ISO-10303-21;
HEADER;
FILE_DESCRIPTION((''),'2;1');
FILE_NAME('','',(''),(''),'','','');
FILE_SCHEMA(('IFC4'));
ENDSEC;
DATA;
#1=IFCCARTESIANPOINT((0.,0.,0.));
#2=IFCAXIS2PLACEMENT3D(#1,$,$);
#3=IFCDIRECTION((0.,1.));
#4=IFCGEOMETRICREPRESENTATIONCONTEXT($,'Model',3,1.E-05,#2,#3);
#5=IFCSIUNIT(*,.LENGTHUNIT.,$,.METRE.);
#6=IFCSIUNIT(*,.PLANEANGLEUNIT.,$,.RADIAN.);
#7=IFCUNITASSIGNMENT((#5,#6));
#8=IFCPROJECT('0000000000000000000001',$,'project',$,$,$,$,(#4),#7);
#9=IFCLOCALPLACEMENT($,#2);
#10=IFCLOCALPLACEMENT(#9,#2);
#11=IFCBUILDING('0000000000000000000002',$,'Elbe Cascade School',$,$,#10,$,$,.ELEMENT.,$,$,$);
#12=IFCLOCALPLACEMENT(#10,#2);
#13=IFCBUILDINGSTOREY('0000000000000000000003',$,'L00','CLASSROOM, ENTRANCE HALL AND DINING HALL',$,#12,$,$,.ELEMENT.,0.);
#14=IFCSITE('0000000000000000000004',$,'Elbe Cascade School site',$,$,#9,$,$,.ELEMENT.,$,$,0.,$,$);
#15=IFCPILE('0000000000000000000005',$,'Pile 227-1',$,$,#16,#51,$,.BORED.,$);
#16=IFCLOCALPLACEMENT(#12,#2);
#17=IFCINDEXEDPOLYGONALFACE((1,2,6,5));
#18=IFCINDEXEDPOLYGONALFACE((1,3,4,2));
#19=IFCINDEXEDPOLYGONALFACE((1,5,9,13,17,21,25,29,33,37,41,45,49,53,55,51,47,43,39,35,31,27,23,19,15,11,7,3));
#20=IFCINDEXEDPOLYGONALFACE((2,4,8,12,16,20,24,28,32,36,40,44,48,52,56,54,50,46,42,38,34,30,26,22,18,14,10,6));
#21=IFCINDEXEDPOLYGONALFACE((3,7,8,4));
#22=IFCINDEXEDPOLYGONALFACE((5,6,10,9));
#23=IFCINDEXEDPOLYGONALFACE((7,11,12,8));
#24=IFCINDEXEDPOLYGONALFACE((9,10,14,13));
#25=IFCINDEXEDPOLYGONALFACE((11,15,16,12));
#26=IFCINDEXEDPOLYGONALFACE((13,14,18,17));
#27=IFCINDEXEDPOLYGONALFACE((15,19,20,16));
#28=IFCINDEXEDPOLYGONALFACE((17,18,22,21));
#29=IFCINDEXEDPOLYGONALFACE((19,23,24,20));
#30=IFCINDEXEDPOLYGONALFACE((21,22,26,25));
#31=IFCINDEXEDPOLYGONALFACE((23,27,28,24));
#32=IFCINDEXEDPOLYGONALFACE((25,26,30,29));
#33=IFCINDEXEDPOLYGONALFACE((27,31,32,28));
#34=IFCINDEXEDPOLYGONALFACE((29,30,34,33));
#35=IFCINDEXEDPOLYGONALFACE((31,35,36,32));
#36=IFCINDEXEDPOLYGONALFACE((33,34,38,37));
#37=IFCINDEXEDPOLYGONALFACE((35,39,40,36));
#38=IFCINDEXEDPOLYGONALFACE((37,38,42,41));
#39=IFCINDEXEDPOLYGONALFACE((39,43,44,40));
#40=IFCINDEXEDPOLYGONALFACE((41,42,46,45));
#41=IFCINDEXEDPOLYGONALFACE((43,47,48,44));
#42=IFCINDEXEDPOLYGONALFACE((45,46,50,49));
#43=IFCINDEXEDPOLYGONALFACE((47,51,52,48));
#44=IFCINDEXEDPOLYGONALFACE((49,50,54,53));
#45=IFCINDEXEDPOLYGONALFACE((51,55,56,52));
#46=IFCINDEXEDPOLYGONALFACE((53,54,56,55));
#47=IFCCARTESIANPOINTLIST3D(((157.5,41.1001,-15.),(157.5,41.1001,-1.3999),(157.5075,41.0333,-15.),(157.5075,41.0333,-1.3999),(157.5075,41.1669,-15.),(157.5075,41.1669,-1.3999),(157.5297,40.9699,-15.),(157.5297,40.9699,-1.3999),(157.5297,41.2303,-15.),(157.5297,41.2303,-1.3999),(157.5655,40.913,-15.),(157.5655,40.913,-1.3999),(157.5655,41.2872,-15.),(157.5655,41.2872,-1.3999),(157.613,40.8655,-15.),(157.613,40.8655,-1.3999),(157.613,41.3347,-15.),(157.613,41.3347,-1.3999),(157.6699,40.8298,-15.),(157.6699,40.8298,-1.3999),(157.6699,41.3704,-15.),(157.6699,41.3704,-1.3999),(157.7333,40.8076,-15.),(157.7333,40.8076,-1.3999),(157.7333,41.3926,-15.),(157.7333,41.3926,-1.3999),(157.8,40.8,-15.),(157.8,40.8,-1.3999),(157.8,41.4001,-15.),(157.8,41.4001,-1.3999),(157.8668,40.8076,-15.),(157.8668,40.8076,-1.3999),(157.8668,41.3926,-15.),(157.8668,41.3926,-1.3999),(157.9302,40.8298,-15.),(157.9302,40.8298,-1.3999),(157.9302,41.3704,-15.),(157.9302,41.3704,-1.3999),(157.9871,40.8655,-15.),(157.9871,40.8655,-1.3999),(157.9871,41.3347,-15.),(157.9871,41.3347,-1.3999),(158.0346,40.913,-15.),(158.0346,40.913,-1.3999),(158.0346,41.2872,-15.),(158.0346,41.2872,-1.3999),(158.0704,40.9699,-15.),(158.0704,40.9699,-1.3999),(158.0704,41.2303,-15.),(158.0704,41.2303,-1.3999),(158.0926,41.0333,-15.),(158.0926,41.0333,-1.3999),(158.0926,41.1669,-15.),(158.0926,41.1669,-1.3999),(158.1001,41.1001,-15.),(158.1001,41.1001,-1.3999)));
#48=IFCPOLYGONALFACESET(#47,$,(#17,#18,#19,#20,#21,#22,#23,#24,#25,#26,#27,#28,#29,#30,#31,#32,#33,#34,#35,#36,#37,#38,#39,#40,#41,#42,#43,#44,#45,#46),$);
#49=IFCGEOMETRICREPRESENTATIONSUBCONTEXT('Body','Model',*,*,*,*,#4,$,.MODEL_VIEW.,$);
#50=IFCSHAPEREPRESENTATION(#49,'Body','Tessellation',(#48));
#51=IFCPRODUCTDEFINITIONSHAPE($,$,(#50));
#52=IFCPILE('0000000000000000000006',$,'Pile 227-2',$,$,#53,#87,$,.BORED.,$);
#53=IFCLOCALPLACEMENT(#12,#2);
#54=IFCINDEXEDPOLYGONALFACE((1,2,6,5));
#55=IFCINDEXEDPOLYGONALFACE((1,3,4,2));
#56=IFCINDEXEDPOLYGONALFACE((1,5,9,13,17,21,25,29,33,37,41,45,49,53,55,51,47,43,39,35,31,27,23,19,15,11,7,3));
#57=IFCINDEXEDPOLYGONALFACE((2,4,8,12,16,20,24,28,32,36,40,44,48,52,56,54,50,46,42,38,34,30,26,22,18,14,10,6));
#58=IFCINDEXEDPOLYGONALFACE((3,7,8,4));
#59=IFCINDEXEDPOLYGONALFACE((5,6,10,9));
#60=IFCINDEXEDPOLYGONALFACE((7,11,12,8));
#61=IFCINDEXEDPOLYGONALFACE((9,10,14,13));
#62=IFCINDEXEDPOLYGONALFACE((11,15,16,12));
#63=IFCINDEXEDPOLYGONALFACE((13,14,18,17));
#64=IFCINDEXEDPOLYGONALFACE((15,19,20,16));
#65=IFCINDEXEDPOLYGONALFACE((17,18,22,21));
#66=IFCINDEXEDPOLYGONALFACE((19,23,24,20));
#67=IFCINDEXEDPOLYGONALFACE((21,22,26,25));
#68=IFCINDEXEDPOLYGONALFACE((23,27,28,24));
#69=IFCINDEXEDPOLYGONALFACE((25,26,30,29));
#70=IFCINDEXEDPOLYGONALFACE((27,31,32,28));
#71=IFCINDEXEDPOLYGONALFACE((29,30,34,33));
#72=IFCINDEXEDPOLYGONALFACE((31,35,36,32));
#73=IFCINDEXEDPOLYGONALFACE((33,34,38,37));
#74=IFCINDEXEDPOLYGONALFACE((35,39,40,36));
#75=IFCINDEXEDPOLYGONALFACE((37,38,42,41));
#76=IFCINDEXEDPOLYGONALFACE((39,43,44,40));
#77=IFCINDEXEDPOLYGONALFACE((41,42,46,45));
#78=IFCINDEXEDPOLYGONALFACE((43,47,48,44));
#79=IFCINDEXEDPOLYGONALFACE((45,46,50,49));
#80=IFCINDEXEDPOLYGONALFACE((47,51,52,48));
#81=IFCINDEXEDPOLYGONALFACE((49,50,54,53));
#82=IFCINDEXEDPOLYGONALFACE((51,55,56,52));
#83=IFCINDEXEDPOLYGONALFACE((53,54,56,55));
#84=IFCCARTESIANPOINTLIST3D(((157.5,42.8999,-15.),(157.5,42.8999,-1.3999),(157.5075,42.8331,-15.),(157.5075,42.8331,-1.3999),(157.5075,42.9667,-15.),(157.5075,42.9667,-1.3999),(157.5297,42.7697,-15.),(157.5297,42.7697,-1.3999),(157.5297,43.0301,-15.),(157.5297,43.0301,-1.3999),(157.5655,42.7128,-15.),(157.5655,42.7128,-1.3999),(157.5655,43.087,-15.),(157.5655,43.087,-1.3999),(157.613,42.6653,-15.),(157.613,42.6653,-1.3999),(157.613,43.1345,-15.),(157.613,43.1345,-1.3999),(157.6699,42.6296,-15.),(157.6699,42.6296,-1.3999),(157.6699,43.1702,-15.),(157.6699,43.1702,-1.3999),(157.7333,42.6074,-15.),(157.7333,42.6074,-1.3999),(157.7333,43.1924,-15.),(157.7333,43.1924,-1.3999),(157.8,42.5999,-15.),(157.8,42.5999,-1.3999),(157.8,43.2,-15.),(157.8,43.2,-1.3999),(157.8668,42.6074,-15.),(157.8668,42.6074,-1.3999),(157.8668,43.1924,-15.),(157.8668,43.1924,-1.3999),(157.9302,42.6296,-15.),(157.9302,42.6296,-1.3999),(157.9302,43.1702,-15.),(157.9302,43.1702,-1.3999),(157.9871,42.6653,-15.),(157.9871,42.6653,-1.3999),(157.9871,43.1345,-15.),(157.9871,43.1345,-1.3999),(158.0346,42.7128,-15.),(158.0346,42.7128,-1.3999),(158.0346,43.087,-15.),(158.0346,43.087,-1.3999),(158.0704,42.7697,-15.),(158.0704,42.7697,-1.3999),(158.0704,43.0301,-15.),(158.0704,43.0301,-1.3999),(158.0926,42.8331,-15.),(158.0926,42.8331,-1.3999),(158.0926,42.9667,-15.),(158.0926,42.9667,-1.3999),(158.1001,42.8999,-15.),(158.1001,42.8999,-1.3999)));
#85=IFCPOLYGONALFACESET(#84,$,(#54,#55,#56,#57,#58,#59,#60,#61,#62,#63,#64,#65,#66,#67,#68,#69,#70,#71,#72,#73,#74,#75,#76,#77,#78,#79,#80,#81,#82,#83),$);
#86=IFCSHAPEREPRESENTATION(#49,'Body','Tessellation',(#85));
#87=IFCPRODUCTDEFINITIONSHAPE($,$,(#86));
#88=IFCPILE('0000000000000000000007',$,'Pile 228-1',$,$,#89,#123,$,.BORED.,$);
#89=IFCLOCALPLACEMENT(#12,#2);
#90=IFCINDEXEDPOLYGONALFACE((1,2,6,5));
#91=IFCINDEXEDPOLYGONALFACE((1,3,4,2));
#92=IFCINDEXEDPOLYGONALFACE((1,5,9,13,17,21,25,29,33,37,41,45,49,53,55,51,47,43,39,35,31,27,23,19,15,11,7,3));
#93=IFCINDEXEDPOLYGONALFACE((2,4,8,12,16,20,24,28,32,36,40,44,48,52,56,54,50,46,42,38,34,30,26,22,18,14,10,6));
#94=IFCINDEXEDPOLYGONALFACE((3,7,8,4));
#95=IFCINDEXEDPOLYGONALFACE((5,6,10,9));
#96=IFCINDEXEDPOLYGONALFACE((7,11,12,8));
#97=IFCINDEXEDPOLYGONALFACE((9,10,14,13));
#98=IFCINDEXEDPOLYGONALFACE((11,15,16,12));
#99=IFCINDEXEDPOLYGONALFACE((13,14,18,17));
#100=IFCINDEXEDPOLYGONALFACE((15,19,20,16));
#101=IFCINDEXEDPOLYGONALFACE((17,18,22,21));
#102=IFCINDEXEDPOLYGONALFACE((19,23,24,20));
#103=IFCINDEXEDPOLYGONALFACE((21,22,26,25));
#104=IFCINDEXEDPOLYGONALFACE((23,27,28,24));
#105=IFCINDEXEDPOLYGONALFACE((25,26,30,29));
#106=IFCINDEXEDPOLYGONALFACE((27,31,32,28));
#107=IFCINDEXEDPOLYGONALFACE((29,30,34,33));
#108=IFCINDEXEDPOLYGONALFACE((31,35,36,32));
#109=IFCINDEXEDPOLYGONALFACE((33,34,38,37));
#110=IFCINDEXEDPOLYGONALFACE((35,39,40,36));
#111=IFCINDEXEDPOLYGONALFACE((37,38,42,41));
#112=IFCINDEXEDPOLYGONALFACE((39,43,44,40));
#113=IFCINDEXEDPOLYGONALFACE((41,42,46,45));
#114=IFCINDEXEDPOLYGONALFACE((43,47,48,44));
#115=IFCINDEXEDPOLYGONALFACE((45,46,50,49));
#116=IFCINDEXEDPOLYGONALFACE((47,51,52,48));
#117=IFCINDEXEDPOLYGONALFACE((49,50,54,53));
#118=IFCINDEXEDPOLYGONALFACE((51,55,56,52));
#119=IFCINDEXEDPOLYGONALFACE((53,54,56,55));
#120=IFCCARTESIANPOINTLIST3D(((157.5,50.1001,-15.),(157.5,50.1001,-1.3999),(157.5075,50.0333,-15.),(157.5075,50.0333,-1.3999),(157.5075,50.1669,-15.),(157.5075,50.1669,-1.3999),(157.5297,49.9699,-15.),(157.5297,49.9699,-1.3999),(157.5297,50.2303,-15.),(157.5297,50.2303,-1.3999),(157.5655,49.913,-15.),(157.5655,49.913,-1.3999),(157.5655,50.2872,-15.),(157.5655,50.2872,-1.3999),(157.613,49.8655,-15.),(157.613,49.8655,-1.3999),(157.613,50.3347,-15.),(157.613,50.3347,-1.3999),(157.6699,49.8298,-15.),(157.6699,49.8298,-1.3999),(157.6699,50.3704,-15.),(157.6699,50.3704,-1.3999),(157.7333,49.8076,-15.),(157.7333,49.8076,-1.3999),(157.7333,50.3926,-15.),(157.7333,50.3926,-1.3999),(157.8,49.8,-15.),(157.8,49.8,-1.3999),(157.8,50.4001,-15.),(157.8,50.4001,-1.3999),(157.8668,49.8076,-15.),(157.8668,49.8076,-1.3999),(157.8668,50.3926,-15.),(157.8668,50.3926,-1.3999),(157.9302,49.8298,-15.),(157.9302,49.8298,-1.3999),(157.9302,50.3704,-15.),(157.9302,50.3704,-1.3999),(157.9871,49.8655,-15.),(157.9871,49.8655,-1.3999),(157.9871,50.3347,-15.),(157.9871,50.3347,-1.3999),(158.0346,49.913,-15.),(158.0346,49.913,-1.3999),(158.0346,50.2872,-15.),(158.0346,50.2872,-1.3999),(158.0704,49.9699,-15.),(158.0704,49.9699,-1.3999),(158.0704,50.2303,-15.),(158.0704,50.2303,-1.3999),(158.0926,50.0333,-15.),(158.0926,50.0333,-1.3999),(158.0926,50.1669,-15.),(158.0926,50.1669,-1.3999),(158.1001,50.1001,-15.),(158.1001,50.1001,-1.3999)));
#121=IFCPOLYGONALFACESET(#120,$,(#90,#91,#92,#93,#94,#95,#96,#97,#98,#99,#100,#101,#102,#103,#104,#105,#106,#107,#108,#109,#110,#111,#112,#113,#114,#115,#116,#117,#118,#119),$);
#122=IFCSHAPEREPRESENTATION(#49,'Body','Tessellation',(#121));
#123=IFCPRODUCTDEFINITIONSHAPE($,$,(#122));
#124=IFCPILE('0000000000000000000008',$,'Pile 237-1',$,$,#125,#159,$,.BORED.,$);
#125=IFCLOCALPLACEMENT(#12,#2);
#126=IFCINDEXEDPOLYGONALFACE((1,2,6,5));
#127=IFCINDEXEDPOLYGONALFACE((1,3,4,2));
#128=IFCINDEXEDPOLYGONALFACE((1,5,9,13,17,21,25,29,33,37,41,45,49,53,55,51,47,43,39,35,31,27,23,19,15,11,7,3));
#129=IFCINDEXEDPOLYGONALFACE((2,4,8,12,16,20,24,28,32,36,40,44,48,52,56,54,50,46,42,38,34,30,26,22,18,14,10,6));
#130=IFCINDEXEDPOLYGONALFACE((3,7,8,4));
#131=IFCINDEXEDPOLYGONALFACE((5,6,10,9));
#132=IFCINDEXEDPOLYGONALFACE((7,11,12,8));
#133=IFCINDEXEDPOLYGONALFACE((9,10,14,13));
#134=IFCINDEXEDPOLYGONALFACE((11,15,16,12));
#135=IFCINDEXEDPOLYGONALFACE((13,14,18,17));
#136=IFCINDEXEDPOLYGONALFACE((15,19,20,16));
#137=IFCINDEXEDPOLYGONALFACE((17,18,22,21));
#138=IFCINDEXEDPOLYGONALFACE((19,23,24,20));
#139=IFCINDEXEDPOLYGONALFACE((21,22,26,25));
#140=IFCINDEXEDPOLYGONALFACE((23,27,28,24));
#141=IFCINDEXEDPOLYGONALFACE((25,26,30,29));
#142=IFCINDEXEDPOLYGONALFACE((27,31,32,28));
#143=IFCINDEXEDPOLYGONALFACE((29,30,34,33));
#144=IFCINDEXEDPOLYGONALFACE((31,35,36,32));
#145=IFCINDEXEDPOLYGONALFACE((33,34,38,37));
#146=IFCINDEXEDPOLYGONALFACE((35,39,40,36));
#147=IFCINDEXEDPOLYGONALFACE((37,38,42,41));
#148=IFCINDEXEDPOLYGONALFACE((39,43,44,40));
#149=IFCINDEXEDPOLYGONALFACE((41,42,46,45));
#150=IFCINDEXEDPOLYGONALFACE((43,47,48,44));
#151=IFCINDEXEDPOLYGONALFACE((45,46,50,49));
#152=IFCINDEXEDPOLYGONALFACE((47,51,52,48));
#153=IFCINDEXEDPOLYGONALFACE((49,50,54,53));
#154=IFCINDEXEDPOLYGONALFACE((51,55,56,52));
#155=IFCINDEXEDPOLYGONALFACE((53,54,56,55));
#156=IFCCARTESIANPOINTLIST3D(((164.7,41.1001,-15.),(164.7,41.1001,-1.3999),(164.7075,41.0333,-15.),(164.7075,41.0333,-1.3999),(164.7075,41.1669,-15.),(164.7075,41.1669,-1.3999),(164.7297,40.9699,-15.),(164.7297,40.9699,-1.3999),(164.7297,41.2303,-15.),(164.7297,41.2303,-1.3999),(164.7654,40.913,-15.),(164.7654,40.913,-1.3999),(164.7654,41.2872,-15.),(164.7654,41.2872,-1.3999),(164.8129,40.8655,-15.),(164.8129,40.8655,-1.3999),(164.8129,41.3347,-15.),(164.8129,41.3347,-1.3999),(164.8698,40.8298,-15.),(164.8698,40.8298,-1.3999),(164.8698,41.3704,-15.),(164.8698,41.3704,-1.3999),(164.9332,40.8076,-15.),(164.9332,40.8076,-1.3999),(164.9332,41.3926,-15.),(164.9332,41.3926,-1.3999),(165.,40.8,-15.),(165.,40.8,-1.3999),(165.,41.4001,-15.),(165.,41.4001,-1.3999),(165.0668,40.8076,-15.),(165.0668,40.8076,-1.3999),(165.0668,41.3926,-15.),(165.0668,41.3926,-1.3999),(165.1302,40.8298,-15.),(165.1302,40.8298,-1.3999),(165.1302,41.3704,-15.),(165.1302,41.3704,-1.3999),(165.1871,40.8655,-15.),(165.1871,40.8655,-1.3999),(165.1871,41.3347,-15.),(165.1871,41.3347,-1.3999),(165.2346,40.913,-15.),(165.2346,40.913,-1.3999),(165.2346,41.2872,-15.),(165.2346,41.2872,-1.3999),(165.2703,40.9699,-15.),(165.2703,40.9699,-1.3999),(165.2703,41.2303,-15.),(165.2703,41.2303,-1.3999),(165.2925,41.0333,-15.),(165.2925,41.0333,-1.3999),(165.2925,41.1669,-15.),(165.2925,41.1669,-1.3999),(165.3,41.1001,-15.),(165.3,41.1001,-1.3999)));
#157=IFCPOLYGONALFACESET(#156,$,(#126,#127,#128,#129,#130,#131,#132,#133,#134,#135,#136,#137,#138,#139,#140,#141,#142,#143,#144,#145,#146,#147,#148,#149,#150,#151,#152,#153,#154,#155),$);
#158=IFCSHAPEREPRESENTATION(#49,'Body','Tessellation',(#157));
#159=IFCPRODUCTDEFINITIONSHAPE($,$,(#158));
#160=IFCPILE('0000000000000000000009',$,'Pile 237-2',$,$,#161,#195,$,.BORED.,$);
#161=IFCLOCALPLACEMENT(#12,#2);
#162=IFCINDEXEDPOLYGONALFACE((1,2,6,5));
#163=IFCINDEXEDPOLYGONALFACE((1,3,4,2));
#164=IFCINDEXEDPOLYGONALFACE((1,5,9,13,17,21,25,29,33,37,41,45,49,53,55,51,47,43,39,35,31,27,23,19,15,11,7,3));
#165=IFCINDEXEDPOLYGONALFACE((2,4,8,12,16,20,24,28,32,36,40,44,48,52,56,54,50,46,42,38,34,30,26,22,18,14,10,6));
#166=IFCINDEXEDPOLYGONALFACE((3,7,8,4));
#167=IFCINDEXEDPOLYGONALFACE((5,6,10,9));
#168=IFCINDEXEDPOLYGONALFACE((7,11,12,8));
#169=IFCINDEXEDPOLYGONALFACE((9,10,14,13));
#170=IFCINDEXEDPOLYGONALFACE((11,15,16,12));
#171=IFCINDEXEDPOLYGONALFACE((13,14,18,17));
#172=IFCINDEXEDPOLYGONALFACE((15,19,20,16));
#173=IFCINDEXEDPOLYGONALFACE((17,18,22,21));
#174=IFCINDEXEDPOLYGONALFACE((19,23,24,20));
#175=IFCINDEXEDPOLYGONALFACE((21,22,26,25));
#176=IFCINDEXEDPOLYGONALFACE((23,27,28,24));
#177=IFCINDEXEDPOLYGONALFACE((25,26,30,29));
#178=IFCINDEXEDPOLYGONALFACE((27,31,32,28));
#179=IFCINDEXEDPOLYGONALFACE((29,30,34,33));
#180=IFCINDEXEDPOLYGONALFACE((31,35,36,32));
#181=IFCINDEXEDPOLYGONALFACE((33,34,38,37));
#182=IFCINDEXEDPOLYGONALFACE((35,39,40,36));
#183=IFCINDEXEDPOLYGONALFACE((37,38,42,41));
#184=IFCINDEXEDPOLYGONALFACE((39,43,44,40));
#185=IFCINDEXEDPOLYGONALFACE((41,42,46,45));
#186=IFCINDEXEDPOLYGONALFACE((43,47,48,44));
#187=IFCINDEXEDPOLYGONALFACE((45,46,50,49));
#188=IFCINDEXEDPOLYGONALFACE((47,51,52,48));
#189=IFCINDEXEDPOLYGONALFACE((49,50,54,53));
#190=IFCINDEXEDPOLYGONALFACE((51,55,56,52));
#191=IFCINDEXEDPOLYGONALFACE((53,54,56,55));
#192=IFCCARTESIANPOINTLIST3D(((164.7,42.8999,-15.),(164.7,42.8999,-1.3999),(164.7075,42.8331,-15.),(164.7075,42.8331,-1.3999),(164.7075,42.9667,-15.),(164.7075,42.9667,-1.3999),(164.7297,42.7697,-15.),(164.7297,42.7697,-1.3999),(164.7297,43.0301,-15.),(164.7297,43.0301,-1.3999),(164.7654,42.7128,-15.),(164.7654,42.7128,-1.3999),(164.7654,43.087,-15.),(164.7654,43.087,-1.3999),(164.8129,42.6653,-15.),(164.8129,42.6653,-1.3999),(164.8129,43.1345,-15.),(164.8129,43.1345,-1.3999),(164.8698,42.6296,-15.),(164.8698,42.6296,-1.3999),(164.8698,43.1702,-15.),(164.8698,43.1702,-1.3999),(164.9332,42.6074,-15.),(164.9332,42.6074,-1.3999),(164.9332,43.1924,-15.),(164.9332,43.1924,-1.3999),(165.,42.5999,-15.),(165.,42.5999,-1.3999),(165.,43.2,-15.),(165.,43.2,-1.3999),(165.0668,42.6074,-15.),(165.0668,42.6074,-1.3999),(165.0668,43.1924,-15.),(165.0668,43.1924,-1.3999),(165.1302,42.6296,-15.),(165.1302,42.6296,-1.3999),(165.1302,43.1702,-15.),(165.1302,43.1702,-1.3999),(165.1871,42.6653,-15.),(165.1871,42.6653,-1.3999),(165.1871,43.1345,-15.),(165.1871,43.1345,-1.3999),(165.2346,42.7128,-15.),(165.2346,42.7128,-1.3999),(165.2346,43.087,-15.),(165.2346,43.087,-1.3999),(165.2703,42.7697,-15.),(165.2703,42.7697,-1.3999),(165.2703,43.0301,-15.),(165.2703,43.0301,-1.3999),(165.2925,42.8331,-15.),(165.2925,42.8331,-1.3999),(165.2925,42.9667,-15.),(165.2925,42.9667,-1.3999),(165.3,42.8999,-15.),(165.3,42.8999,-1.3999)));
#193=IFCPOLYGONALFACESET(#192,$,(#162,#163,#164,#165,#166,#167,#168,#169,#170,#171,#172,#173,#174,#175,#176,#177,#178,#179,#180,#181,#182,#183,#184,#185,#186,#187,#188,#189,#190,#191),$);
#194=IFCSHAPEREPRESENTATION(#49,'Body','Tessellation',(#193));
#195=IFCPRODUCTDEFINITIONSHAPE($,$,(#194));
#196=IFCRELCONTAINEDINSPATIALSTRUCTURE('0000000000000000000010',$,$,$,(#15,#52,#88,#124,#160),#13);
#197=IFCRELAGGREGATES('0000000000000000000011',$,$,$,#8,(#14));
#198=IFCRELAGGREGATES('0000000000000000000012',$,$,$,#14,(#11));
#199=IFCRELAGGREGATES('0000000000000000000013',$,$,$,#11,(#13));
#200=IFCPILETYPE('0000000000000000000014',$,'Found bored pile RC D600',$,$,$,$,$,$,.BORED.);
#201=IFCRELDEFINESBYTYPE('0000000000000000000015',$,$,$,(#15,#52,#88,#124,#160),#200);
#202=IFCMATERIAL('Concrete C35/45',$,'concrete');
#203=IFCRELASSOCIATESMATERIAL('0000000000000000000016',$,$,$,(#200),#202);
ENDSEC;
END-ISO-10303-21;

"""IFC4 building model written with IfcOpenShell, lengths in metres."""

from ifc_helpers import new_model, si_unit, direction, frame, origin, origin_2d, place, context, subcontext, project, spatial, circle, extrude, material, material_profile, profile_set, type_object, element, save


model = new_model("IFC4")

# Units and contexts
model_context = context("Model", 3, precision=1e-05, world=origin(), true_north=direction((0.0, 1.0)))
body_context = subcontext(model_context, "Body", "Model", "MODEL_VIEW")
ifc_project = project(units=[si_unit("LENGTHUNIT", "METRE"), si_unit("PLANEANGLEUNIT", "RADIAN")], contexts=[model_context])

# Site, building, storey
site_placement = place(None, origin())
site = spatial("IfcSite", under=ifc_project, at=site_placement, Name="Elbe Cascade School site", CompositionType="ELEMENT", RefElevation=0.0)
building_placement = place(site_placement, origin())
building = spatial("IfcBuilding", under=site, at=building_placement, Name="Elbe Cascade School", CompositionType="ELEMENT")
storey_placement = place(building_placement, origin())
storey = spatial("IfcBuildingStorey", under=building, at=storey_placement, Name="L00", Description="CLASSROOM, ENTRANCE HALL AND DINING HALL", CompositionType="ELEMENT", Elevation=0.0)

# Piles
ifc_material_1 = material(Name="Concrete C35/45", Category="concrete")
ifc_material_profile_1 = material_profile(ifc_material_1, circle(Radius=0.3, at=origin_2d()), Name="RC D600")
ifc_profile_set_1 = profile_set([ifc_material_profile_1], Name="Concrete C35/45")
pile_type = type_object("IfcPileType", Name="Found bored pile RC D600", PredefinedType="BORED", material=ifc_profile_set_1)
for number, where, z_axis, x_axis, name in (
    (1, (157.8, 41.1001, -1.3999), (0.0, 0.0, -1.0), (1.0, 0.0, 0.0), "Pile 227-1"),
    (2, (157.8, 42.8999, -1.3999), (0.0, 0.0, -1.0), (1.0, 0.0, 0.0), "Pile 227-2"),
    (3, (157.8, 50.1001, -1.3999), (0.0, 0.0, -1.0), (1.0, 0.0, 0.0), "Pile 228-1"),
    (4, (165.0, 41.1001, -1.3999), (0.0, 0.0, -1.0), (1.0, 0.0, 0.0), "Pile 237-1"),
    (5, (165.0, 42.8999, -1.3999), (0.0, 0.0, -1.0), (1.0, 0.0, 0.0), "Pile 237-2"),
):
    element("IfcPile", number, at=place(storey_placement, frame(where, z_axis=z_axis, x_axis=x_axis)), inside=storey, type_object=pile_type, Name=name, PredefinedType="BORED", context=body_context, shape_type="SweptSolid", body=[
        extrude(circle(Radius=0.3, at=origin_2d()), origin(), (0.0, 0.0, 1.0), 13.6001),
    ])

save(model, "model.ifc")
